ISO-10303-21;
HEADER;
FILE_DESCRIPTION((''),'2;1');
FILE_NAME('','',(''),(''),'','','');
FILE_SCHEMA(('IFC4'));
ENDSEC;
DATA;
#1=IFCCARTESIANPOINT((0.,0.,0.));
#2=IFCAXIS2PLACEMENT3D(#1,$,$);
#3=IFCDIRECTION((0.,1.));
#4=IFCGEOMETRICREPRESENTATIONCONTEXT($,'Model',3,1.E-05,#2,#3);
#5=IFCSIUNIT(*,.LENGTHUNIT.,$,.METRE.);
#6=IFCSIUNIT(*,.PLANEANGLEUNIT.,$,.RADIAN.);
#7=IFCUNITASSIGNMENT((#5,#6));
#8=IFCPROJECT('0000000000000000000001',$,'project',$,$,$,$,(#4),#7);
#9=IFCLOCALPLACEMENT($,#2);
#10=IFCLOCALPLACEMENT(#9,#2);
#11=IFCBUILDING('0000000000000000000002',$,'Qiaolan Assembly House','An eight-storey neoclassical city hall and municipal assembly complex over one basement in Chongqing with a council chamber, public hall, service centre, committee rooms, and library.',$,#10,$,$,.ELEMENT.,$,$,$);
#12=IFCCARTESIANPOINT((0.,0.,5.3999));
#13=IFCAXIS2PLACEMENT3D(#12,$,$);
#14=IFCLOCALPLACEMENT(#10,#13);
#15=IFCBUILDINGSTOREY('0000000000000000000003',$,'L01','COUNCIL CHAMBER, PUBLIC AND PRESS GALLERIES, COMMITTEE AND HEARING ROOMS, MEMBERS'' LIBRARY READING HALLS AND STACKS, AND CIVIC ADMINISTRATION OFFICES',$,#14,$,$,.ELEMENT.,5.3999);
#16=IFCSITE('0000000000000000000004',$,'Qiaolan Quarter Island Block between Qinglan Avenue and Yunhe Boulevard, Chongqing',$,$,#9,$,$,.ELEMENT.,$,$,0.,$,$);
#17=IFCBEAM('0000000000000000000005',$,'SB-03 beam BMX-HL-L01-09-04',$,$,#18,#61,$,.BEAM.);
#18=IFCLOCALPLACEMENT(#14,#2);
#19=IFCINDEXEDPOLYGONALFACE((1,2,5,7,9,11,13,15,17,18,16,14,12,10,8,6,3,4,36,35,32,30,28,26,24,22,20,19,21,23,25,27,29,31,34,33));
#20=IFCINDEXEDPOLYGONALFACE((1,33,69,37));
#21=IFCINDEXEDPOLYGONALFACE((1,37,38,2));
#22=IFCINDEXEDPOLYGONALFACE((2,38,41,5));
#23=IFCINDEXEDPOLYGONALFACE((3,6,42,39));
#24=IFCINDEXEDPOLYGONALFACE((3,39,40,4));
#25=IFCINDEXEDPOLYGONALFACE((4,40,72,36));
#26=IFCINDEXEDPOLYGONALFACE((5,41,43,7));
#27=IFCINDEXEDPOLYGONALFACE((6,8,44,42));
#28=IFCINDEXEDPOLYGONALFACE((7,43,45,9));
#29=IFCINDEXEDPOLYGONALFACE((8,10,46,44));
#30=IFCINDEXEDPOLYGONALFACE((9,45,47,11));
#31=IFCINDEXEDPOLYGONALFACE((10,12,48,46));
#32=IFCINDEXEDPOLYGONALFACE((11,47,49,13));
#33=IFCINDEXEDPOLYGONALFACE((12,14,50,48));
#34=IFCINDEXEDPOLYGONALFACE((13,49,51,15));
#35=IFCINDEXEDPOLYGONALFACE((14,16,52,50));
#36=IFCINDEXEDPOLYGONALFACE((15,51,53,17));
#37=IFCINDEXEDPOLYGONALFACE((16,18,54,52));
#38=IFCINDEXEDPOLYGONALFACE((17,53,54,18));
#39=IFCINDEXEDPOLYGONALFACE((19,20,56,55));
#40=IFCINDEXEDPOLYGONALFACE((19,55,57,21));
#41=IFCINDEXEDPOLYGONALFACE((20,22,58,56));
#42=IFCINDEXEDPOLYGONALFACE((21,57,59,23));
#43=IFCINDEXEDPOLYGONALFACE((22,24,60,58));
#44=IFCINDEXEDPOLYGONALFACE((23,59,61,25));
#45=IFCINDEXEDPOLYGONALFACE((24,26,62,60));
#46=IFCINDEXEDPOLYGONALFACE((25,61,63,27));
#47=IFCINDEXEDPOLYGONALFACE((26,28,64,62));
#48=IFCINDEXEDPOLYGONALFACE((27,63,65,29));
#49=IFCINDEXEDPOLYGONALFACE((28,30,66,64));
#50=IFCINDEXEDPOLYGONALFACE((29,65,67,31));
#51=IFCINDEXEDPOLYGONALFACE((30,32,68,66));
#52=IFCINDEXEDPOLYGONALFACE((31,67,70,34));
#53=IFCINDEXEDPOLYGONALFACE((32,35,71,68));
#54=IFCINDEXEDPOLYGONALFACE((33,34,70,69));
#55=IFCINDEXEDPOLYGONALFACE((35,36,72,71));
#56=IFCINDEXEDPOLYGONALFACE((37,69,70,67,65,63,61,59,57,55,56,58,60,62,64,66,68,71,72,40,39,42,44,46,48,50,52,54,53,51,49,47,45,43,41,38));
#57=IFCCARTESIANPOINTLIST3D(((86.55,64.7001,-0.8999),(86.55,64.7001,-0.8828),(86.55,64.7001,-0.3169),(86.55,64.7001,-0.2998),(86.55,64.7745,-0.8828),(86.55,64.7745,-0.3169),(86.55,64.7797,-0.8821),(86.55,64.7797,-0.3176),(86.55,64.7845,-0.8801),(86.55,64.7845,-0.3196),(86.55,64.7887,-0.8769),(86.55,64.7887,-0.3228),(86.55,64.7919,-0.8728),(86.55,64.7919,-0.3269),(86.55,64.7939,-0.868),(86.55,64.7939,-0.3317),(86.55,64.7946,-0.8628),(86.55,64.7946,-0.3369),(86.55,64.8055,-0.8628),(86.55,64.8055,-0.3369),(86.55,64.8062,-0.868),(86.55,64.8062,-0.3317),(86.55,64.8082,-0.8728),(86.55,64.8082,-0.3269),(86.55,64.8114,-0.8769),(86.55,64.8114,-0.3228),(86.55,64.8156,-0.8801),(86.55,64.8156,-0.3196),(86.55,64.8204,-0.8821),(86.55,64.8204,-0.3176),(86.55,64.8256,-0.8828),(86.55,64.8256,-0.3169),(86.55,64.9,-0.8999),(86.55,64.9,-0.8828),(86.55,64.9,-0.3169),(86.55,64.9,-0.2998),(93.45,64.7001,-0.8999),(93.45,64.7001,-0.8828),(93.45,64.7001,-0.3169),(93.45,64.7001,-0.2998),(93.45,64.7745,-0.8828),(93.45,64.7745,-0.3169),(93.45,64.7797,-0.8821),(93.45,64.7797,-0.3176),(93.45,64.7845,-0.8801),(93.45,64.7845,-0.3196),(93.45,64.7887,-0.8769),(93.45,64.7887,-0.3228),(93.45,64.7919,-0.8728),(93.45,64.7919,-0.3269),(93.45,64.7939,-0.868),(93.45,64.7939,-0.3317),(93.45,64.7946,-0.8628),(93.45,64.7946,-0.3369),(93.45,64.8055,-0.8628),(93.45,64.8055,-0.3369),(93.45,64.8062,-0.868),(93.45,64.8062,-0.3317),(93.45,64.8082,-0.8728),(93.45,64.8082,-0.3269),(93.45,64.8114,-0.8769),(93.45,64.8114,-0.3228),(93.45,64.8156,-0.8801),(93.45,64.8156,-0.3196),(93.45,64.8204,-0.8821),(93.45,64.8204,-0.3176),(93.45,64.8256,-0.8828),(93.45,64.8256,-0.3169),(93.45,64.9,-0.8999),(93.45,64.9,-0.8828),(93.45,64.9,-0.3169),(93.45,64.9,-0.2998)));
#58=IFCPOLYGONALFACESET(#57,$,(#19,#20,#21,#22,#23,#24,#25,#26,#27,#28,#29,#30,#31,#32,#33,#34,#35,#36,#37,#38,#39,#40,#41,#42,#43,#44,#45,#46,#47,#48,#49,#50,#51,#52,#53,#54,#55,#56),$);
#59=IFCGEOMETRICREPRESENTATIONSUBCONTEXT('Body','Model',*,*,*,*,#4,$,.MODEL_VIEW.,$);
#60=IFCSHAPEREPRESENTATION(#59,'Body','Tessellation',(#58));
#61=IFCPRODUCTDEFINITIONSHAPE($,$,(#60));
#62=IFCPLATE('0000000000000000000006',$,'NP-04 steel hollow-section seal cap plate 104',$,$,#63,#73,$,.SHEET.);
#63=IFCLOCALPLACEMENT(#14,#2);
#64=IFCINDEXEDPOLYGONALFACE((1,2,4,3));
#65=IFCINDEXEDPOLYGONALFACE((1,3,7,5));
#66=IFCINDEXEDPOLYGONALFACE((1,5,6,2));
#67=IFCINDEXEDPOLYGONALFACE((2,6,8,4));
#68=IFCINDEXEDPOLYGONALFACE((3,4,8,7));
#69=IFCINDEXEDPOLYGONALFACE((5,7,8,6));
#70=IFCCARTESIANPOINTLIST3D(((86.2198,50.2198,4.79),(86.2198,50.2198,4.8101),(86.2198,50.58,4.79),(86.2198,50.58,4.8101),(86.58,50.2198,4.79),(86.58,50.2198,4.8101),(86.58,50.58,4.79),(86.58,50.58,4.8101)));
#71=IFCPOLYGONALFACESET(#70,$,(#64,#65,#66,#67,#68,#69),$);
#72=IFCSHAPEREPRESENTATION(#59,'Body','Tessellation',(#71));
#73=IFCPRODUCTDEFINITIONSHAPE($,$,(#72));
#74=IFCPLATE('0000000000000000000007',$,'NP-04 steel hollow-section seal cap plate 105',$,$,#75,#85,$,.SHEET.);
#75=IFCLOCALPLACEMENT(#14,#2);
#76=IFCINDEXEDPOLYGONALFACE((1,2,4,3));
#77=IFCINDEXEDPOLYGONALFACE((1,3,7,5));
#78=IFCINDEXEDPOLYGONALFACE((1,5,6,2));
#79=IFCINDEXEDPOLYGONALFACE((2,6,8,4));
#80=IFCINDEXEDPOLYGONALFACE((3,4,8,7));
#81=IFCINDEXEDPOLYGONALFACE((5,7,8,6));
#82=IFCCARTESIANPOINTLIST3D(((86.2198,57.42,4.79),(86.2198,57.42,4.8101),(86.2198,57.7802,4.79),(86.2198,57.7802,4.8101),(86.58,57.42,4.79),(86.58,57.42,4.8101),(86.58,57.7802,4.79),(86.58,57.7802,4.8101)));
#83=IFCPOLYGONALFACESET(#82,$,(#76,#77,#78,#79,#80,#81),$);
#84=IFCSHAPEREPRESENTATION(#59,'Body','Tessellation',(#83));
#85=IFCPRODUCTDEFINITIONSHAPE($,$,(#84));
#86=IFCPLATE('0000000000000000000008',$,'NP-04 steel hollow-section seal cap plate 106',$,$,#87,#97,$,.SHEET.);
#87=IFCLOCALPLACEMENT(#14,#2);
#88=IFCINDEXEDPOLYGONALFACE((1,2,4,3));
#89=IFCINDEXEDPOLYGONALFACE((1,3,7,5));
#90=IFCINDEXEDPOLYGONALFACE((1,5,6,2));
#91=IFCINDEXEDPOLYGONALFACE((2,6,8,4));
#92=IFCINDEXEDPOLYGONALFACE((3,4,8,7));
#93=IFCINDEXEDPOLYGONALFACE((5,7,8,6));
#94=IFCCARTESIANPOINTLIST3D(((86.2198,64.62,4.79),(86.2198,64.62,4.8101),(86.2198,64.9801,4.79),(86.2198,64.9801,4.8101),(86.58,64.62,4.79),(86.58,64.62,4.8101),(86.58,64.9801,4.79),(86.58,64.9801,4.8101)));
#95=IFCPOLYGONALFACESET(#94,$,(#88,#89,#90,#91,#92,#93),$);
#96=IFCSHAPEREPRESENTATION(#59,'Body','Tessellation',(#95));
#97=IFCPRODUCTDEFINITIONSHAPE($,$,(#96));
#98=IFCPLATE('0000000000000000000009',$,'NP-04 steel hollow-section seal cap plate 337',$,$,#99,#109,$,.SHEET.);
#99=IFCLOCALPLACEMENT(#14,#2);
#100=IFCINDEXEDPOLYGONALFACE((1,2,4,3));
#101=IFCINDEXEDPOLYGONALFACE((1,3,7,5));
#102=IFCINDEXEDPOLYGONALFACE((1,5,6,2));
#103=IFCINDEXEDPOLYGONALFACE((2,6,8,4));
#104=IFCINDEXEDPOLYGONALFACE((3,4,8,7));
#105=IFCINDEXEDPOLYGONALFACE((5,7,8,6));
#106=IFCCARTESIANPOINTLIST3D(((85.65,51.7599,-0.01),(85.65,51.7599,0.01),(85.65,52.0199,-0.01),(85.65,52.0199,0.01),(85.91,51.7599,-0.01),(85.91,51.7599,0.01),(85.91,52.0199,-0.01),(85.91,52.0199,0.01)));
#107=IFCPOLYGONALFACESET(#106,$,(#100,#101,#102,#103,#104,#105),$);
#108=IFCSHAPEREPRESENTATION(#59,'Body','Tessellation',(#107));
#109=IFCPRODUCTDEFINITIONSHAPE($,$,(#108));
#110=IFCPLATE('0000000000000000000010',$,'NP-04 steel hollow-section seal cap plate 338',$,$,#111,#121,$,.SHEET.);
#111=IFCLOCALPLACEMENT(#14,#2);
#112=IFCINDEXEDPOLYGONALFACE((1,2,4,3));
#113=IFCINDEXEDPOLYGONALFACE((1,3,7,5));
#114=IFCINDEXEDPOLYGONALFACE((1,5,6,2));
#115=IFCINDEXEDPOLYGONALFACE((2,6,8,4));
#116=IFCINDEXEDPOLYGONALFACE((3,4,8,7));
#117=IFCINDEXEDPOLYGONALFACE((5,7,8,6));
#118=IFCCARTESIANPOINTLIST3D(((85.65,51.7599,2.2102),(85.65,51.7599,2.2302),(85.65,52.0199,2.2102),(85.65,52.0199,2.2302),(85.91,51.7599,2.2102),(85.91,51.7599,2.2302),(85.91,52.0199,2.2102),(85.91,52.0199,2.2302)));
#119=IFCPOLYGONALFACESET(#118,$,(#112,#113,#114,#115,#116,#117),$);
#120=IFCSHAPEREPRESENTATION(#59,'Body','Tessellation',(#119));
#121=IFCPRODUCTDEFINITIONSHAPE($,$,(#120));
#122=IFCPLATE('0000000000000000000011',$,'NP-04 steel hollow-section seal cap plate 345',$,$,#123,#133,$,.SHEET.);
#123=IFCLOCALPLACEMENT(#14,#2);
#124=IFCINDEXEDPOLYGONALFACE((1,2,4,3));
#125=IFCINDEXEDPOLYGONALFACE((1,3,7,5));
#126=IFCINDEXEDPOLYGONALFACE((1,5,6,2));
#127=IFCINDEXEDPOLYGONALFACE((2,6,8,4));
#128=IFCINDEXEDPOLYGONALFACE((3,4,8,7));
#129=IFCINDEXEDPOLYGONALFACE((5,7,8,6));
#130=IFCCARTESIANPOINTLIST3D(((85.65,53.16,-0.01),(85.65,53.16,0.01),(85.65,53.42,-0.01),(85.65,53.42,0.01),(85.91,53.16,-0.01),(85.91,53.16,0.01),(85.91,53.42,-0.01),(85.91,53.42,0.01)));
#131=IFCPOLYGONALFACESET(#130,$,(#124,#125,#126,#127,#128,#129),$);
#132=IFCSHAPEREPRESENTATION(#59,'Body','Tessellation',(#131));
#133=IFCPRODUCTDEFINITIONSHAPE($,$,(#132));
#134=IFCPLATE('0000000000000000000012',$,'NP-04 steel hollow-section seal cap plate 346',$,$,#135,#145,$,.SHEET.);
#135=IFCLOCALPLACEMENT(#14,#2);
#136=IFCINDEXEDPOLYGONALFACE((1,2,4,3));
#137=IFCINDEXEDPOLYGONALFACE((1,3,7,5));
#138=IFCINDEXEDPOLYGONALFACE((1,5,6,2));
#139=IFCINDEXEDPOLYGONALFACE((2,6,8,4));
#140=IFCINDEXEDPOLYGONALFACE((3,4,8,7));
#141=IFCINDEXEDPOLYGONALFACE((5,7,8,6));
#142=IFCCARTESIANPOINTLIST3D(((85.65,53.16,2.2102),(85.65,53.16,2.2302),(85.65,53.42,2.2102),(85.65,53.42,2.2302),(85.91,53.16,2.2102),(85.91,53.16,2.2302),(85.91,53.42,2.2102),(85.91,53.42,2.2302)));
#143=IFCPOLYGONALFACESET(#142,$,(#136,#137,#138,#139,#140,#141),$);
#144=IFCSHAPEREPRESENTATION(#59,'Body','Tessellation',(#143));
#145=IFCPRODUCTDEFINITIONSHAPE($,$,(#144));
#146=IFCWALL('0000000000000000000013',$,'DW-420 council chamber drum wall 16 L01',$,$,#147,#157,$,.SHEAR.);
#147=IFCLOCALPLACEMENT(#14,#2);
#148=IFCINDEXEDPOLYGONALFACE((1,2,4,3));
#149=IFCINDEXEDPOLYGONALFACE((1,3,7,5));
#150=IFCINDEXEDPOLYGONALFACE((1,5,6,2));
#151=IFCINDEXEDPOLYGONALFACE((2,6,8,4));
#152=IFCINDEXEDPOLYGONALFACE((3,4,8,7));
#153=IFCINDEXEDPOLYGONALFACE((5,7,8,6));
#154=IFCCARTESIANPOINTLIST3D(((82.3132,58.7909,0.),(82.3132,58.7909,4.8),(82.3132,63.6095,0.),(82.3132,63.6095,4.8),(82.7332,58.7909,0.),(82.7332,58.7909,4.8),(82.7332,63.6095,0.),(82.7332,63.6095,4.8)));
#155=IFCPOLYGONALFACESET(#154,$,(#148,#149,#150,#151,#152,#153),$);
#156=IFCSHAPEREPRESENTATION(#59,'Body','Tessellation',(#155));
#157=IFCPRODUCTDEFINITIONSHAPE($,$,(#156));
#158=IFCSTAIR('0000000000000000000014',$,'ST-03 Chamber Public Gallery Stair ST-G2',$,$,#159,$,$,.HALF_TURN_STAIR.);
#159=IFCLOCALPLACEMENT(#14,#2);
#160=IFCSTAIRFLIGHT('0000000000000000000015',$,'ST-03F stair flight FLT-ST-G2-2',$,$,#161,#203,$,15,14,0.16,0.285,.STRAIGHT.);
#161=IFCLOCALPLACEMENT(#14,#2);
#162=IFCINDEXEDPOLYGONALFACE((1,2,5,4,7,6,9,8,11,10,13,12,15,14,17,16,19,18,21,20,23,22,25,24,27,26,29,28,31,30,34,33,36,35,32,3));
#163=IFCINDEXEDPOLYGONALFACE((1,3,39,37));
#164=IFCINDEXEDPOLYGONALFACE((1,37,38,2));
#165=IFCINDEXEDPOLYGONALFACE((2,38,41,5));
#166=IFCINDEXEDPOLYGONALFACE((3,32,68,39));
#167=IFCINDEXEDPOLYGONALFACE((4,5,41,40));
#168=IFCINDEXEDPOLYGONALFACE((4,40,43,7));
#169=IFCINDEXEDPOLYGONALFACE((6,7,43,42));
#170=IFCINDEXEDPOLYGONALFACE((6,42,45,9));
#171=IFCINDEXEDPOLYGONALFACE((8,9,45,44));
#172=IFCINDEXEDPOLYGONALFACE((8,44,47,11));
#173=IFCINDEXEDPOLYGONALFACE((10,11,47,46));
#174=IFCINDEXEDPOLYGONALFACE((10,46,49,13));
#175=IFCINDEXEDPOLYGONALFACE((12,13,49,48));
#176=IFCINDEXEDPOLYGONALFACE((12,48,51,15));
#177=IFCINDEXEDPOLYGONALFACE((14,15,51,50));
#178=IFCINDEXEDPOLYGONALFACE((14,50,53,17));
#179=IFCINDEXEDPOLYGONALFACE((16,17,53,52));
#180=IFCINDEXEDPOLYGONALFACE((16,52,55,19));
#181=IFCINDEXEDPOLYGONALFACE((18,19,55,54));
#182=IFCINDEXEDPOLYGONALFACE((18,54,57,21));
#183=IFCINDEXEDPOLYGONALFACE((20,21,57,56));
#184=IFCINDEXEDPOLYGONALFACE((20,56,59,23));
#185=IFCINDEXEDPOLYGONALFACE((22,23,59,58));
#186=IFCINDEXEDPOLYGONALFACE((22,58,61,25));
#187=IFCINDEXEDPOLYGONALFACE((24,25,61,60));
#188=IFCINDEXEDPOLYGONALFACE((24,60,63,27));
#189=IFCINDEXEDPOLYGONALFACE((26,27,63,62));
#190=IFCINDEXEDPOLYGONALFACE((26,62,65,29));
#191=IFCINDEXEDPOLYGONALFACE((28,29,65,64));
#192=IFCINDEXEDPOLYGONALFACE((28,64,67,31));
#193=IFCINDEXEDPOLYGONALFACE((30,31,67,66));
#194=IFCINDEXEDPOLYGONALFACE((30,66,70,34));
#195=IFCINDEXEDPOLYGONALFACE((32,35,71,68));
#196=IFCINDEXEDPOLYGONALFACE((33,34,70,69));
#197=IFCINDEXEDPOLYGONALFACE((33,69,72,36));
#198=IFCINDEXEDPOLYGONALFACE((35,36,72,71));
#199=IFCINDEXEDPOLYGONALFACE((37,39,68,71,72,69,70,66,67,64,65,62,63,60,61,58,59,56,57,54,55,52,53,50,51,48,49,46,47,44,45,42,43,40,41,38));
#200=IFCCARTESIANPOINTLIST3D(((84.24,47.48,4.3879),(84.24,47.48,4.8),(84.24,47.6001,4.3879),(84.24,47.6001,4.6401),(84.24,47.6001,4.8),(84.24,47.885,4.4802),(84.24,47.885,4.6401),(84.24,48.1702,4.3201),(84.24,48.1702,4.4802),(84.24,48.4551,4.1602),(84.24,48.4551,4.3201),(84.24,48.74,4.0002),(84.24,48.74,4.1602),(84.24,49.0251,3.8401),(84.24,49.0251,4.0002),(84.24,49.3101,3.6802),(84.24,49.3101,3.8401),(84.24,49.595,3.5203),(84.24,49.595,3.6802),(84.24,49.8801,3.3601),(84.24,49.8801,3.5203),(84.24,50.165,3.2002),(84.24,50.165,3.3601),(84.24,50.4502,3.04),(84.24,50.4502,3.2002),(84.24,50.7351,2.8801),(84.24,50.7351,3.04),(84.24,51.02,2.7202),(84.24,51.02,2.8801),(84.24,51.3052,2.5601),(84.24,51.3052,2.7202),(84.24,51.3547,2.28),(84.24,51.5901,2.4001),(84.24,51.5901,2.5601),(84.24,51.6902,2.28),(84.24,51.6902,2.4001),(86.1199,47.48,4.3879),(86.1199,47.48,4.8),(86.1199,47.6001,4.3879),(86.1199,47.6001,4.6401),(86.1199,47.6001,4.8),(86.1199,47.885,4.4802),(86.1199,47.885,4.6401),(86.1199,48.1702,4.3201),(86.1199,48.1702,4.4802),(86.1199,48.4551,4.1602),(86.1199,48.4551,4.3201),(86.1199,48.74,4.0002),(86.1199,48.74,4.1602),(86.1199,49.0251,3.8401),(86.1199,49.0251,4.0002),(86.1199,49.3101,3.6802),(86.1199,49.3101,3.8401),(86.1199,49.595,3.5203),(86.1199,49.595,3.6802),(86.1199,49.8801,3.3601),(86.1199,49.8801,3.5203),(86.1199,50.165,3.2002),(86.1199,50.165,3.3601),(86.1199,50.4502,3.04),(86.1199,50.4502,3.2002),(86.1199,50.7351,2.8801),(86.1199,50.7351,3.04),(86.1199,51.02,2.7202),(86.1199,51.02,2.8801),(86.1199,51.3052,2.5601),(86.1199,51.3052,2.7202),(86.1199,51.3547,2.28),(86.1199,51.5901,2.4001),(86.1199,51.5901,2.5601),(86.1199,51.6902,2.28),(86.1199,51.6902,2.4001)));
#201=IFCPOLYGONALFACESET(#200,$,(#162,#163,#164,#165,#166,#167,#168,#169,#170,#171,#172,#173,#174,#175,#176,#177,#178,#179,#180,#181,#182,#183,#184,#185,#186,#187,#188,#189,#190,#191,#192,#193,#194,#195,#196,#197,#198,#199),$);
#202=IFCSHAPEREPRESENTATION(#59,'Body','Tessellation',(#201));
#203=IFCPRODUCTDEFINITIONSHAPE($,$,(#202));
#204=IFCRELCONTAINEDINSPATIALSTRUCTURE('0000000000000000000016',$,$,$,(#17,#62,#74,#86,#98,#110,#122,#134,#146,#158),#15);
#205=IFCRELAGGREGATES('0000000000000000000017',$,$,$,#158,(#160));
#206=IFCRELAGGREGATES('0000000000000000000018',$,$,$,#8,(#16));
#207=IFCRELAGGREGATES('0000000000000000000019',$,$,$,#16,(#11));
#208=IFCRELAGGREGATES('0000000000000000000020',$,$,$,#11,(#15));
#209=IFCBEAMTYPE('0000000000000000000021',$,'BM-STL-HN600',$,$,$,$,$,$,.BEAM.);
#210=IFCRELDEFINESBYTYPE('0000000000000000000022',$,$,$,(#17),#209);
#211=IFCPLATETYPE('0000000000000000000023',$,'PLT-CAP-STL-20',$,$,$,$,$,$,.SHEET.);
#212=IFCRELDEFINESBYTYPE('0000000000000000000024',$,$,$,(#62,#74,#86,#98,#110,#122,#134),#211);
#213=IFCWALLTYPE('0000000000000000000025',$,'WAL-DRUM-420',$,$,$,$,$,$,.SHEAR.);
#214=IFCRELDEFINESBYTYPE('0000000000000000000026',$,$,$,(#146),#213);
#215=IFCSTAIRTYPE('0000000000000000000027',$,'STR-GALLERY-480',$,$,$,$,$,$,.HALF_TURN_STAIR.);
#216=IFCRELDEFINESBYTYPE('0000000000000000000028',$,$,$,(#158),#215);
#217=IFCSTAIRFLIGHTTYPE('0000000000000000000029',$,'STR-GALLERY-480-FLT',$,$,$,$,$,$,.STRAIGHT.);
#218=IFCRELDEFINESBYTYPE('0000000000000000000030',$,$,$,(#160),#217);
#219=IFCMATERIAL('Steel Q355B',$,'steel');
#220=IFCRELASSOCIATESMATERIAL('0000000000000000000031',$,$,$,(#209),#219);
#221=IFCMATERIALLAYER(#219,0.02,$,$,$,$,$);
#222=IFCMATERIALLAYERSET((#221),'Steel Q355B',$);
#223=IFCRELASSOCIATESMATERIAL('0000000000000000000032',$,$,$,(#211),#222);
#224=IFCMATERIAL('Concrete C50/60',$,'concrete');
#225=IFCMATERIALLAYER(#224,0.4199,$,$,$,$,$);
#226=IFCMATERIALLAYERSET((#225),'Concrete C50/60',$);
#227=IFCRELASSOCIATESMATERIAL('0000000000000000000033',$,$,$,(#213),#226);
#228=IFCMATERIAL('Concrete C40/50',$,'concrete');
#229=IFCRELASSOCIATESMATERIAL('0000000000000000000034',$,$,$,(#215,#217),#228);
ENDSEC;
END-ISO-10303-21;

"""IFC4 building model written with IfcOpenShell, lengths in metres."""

from ifc_helpers import new_model, si_unit, direction, frame, frame_2d, origin, origin_2d, place, context, subcontext, project, spatial, polyline, rectangle, i_section, outline, extrude, material, layer, layer_set, material_profile, profile_set, type_object, element, aggregate, save


model = new_model("IFC4")

# Units and contexts
model_context = context("Model", 3, precision=1e-05, world=origin(), true_north=direction((0.0, 1.0)))
body_context = subcontext(model_context, "Body", "Model", "MODEL_VIEW")
ifc_project = project(units=[si_unit("LENGTHUNIT", "METRE"), si_unit("PLANEANGLEUNIT", "RADIAN")], contexts=[model_context])

# Site, building, storey
site_placement = place(None, origin())
site = spatial("IfcSite", under=ifc_project, at=site_placement, Name="Qiaolan Quarter Island Block between Qinglan Avenue and Yunhe Boulevard, Chongqing", CompositionType="ELEMENT", RefElevation=0.0)
building_placement = place(site_placement, origin())
building = spatial("IfcBuilding", under=site, at=building_placement, Name="Qiaolan Assembly House", Description="An eight-storey neoclassical city hall and municipal assembly complex over one basement in Chongqing with a council chamber, public hall, service centre, committee rooms, and library.", CompositionType="ELEMENT")
storey_placement = place(building_placement, frame((0.0, 0.0, 5.3999)))
storey = spatial("IfcBuildingStorey", under=building, at=storey_placement, Name="L01", Description="COUNCIL CHAMBER, PUBLIC AND PRESS GALLERIES, COMMITTEE AND HEARING ROOMS, MEMBERS' LIBRARY READING HALLS AND STACKS, AND CIVIC ADMINISTRATION OFFICES", CompositionType="ELEMENT", Elevation=5.3999)

# Shared definitions
ifc_material_1 = material(Name="Concrete C50/60", Category="concrete")
ifc_material_2 = material(Name="Steel Q355B", Category="steel")

# Beam
ifc_material_profile_1 = material_profile(ifc_material_2, i_section(OverallWidth=0.2, OverallDepth=0.6001, WebThickness=0.011, FlangeThickness=0.0171, FilletRadius=0.02, at=origin_2d()), Name="HN 600x200x11x17")
ifc_profile_set_1 = profile_set([ifc_material_profile_1], Name="Steel Q355B")
beam_type_1 = type_object("IfcBeamType", Name="BM-STL-HN600", PredefinedType="BEAM", material=ifc_profile_set_1)
for number, where, z_axis, x_axis, name in (
    (1, (86.55, 64.8, -0.5999), (1.0, 0.0, 0.0), (0.0, 1.0, 0.0), "SB-03 beam BMX-HL-L01-09-04"),
):
    element("IfcBeam", number, at=place(storey_placement, frame(where, z_axis=z_axis, x_axis=x_axis)), inside=storey, type_object=beam_type_1, Name=name, PredefinedType="BEAM", context=body_context, shape_type="SweptSolid", body=[
        extrude(i_section(OverallWidth=0.2, OverallDepth=0.6001, WebThickness=0.011, FlangeThickness=0.0171, FilletRadius=0.02, at=origin_2d()), origin(), (0.0, 0.0, 1.0), 6.8999),
    ])

# Plates
ifc_layer_1 = layer(ifc_material_2, 0.02)
ifc_layer_set_1 = layer_set([ifc_layer_1], Name="Steel Q355B")
plate_type = type_object("IfcPlateType", Name="PLT-CAP-STL-20", PredefinedType="SHEET", material=ifc_layer_set_1)
for number, where, z_axis, x_axis, name in (
    (2, (86.3999, 50.3999, 4.79), (0.0, 0.0, 1.0), (1.0, 0.0, 0.0), "NP-04 steel hollow-section seal cap plate 104"),
    (3, (86.3999, 57.6001, 4.79), (0.0, 0.0, 1.0), (1.0, 0.0, 0.0), "NP-04 steel hollow-section seal cap plate 105"),
    (4, (86.3999, 64.8, 4.79), (0.0, 0.0, 1.0), (1.0, 0.0, 0.0), "NP-04 steel hollow-section seal cap plate 106"),
):
    element("IfcPlate", number, at=place(storey_placement, frame(where, z_axis=z_axis, x_axis=x_axis)), inside=storey, type_object=plate_type, Name=name, PredefinedType="SHEET", context=body_context, shape_type="SweptSolid", body=[
        extrude(rectangle(XDim=0.3601, YDim=0.3601, at=origin_2d()), origin(), (0.0, 0.0, 1.0), 0.02),
    ])
for number, where, z_axis, x_axis, name in (
    (5, (85.78, 51.8899, -0.01), (0.0, 0.0, 1.0), (1.0, 0.0, 0.0), "NP-04 steel hollow-section seal cap plate 337"),
    (6, (85.78, 51.8899, 2.2102), (0.0, 0.0, 1.0), (1.0, 0.0, 0.0), "NP-04 steel hollow-section seal cap plate 338"),
    (7, (85.78, 53.29, -0.01), (0.0, 0.0, 1.0), (1.0, 0.0, 0.0), "NP-04 steel hollow-section seal cap plate 345"),
    (8, (85.78, 53.29, 2.2102), (0.0, 0.0, 1.0), (1.0, 0.0, 0.0), "NP-04 steel hollow-section seal cap plate 346"),
):
    element("IfcPlate", number, at=place(storey_placement, frame(where, z_axis=z_axis, x_axis=x_axis)), inside=storey, type_object=plate_type, Name=name, PredefinedType="SHEET", context=body_context, shape_type="SweptSolid", body=[
        extrude(rectangle(XDim=0.26, YDim=0.26, at=origin_2d()), origin(), (0.0, 0.0, 1.0), 0.02),
    ])

# Wall
ifc_layer_2 = layer(ifc_material_1, 0.4199)
ifc_layer_set_2 = layer_set([ifc_layer_2], Name="Concrete C50/60")
wall_type = type_object("IfcWallType", Name="WAL-DRUM-420", PredefinedType="SHEAR", material=ifc_layer_set_2)
wall_placement = place(storey_placement, frame((82.5232, 63.6094, 0.0), z_axis=(0.0, 0.0, 1.0), x_axis=(0.0, -1.0, 0.0)))
element("IfcWall", 9, at=wall_placement, inside=storey, type_object=wall_type, Name="DW-420 council chamber drum wall 16 L01", PredefinedType="SHEAR", context=body_context, shape_type="SweptSolid", body=[
    extrude(rectangle(XDim=4.8186, YDim=0.4199, at=frame_2d((2.4092, 0.0))), origin(), (0.0, 0.0, 1.0), 4.8),
])

# Stair, stair flight
ifc_material_3 = material(Name="Concrete C40/50", Category="concrete")
stair_type = type_object("IfcStairType", Name="STR-GALLERY-480", PredefinedType="HALF_TURN_STAIR", material=ifc_material_3)
stair_placement = place(storey_placement, origin())
stair = element("IfcStair", 10, at=stair_placement, inside=storey, type_object=stair_type, Name="ST-03 Chamber Public Gallery Stair ST-G2", PredefinedType="HALF_TURN_STAIR")
stair_flight_type = type_object("IfcStairFlightType", Name="STR-GALLERY-480-FLT", PredefinedType="STRAIGHT", material=ifc_material_3)
stair_flight_placement = place(storey_placement, frame((85.1799, 51.5901, 2.4001), z_axis=(0.0, 0.0, 1.0), x_axis=(0.0, -1.0, 0.0)))
stair_flight = element("IfcStairFlight", 11, at=stair_flight_placement, type_object=stair_flight_type, Name="ST-03F stair flight FLT-ST-G2-2", NumberOfRisers=15, NumberOfTreads=14, PredefinedType="STRAIGHT", RiserHeight=0.16, TreadLength=0.285, context=body_context, shape_type="SweptSolid", body=[
    extrude(outline(polyline([(-0.1001, -0.1201), (-0.1001, 0.0), (0.0, 0.0), (0.0, 0.1599), (0.2849, 0.1599), (0.2849, 0.3201), (0.5701, 0.3201), (0.5701, 0.48), (0.855, 0.48), (0.855, 0.6399), (1.1399, 0.6399), (1.1399, 0.8), (1.425, 0.8), (1.425, 0.96), (1.71, 0.96), (1.71, 1.1201), (1.9951, 1.1201), (1.9951, 1.28), (2.28, 1.28), (2.28, 1.4399), (2.5649, 1.4399), (2.5649, 1.6001), (2.8501, 1.6001), (2.8501, 1.76), (3.135, 1.76), (3.135, 1.9199), (3.4199, 1.9199), (3.4199, 2.0801), (3.7051, 2.0801), (3.7051, 2.24), (3.99, 2.24), (3.99, 2.3999), (4.1101, 2.3999), (4.1101, 1.9878), (3.99, 1.9878), (0.2354, -0.1201), (-0.1001, -0.1201)])), frame((0.0, 0.9399, 0.0), z_axis=(0.0, -1.0, 0.0), x_axis=(1.0, 0.0, 0.0)), (0.0, 0.0, 1.0), 1.8799),
])
aggregate(stair, [stair_flight])

save(model, "model.ifc")
